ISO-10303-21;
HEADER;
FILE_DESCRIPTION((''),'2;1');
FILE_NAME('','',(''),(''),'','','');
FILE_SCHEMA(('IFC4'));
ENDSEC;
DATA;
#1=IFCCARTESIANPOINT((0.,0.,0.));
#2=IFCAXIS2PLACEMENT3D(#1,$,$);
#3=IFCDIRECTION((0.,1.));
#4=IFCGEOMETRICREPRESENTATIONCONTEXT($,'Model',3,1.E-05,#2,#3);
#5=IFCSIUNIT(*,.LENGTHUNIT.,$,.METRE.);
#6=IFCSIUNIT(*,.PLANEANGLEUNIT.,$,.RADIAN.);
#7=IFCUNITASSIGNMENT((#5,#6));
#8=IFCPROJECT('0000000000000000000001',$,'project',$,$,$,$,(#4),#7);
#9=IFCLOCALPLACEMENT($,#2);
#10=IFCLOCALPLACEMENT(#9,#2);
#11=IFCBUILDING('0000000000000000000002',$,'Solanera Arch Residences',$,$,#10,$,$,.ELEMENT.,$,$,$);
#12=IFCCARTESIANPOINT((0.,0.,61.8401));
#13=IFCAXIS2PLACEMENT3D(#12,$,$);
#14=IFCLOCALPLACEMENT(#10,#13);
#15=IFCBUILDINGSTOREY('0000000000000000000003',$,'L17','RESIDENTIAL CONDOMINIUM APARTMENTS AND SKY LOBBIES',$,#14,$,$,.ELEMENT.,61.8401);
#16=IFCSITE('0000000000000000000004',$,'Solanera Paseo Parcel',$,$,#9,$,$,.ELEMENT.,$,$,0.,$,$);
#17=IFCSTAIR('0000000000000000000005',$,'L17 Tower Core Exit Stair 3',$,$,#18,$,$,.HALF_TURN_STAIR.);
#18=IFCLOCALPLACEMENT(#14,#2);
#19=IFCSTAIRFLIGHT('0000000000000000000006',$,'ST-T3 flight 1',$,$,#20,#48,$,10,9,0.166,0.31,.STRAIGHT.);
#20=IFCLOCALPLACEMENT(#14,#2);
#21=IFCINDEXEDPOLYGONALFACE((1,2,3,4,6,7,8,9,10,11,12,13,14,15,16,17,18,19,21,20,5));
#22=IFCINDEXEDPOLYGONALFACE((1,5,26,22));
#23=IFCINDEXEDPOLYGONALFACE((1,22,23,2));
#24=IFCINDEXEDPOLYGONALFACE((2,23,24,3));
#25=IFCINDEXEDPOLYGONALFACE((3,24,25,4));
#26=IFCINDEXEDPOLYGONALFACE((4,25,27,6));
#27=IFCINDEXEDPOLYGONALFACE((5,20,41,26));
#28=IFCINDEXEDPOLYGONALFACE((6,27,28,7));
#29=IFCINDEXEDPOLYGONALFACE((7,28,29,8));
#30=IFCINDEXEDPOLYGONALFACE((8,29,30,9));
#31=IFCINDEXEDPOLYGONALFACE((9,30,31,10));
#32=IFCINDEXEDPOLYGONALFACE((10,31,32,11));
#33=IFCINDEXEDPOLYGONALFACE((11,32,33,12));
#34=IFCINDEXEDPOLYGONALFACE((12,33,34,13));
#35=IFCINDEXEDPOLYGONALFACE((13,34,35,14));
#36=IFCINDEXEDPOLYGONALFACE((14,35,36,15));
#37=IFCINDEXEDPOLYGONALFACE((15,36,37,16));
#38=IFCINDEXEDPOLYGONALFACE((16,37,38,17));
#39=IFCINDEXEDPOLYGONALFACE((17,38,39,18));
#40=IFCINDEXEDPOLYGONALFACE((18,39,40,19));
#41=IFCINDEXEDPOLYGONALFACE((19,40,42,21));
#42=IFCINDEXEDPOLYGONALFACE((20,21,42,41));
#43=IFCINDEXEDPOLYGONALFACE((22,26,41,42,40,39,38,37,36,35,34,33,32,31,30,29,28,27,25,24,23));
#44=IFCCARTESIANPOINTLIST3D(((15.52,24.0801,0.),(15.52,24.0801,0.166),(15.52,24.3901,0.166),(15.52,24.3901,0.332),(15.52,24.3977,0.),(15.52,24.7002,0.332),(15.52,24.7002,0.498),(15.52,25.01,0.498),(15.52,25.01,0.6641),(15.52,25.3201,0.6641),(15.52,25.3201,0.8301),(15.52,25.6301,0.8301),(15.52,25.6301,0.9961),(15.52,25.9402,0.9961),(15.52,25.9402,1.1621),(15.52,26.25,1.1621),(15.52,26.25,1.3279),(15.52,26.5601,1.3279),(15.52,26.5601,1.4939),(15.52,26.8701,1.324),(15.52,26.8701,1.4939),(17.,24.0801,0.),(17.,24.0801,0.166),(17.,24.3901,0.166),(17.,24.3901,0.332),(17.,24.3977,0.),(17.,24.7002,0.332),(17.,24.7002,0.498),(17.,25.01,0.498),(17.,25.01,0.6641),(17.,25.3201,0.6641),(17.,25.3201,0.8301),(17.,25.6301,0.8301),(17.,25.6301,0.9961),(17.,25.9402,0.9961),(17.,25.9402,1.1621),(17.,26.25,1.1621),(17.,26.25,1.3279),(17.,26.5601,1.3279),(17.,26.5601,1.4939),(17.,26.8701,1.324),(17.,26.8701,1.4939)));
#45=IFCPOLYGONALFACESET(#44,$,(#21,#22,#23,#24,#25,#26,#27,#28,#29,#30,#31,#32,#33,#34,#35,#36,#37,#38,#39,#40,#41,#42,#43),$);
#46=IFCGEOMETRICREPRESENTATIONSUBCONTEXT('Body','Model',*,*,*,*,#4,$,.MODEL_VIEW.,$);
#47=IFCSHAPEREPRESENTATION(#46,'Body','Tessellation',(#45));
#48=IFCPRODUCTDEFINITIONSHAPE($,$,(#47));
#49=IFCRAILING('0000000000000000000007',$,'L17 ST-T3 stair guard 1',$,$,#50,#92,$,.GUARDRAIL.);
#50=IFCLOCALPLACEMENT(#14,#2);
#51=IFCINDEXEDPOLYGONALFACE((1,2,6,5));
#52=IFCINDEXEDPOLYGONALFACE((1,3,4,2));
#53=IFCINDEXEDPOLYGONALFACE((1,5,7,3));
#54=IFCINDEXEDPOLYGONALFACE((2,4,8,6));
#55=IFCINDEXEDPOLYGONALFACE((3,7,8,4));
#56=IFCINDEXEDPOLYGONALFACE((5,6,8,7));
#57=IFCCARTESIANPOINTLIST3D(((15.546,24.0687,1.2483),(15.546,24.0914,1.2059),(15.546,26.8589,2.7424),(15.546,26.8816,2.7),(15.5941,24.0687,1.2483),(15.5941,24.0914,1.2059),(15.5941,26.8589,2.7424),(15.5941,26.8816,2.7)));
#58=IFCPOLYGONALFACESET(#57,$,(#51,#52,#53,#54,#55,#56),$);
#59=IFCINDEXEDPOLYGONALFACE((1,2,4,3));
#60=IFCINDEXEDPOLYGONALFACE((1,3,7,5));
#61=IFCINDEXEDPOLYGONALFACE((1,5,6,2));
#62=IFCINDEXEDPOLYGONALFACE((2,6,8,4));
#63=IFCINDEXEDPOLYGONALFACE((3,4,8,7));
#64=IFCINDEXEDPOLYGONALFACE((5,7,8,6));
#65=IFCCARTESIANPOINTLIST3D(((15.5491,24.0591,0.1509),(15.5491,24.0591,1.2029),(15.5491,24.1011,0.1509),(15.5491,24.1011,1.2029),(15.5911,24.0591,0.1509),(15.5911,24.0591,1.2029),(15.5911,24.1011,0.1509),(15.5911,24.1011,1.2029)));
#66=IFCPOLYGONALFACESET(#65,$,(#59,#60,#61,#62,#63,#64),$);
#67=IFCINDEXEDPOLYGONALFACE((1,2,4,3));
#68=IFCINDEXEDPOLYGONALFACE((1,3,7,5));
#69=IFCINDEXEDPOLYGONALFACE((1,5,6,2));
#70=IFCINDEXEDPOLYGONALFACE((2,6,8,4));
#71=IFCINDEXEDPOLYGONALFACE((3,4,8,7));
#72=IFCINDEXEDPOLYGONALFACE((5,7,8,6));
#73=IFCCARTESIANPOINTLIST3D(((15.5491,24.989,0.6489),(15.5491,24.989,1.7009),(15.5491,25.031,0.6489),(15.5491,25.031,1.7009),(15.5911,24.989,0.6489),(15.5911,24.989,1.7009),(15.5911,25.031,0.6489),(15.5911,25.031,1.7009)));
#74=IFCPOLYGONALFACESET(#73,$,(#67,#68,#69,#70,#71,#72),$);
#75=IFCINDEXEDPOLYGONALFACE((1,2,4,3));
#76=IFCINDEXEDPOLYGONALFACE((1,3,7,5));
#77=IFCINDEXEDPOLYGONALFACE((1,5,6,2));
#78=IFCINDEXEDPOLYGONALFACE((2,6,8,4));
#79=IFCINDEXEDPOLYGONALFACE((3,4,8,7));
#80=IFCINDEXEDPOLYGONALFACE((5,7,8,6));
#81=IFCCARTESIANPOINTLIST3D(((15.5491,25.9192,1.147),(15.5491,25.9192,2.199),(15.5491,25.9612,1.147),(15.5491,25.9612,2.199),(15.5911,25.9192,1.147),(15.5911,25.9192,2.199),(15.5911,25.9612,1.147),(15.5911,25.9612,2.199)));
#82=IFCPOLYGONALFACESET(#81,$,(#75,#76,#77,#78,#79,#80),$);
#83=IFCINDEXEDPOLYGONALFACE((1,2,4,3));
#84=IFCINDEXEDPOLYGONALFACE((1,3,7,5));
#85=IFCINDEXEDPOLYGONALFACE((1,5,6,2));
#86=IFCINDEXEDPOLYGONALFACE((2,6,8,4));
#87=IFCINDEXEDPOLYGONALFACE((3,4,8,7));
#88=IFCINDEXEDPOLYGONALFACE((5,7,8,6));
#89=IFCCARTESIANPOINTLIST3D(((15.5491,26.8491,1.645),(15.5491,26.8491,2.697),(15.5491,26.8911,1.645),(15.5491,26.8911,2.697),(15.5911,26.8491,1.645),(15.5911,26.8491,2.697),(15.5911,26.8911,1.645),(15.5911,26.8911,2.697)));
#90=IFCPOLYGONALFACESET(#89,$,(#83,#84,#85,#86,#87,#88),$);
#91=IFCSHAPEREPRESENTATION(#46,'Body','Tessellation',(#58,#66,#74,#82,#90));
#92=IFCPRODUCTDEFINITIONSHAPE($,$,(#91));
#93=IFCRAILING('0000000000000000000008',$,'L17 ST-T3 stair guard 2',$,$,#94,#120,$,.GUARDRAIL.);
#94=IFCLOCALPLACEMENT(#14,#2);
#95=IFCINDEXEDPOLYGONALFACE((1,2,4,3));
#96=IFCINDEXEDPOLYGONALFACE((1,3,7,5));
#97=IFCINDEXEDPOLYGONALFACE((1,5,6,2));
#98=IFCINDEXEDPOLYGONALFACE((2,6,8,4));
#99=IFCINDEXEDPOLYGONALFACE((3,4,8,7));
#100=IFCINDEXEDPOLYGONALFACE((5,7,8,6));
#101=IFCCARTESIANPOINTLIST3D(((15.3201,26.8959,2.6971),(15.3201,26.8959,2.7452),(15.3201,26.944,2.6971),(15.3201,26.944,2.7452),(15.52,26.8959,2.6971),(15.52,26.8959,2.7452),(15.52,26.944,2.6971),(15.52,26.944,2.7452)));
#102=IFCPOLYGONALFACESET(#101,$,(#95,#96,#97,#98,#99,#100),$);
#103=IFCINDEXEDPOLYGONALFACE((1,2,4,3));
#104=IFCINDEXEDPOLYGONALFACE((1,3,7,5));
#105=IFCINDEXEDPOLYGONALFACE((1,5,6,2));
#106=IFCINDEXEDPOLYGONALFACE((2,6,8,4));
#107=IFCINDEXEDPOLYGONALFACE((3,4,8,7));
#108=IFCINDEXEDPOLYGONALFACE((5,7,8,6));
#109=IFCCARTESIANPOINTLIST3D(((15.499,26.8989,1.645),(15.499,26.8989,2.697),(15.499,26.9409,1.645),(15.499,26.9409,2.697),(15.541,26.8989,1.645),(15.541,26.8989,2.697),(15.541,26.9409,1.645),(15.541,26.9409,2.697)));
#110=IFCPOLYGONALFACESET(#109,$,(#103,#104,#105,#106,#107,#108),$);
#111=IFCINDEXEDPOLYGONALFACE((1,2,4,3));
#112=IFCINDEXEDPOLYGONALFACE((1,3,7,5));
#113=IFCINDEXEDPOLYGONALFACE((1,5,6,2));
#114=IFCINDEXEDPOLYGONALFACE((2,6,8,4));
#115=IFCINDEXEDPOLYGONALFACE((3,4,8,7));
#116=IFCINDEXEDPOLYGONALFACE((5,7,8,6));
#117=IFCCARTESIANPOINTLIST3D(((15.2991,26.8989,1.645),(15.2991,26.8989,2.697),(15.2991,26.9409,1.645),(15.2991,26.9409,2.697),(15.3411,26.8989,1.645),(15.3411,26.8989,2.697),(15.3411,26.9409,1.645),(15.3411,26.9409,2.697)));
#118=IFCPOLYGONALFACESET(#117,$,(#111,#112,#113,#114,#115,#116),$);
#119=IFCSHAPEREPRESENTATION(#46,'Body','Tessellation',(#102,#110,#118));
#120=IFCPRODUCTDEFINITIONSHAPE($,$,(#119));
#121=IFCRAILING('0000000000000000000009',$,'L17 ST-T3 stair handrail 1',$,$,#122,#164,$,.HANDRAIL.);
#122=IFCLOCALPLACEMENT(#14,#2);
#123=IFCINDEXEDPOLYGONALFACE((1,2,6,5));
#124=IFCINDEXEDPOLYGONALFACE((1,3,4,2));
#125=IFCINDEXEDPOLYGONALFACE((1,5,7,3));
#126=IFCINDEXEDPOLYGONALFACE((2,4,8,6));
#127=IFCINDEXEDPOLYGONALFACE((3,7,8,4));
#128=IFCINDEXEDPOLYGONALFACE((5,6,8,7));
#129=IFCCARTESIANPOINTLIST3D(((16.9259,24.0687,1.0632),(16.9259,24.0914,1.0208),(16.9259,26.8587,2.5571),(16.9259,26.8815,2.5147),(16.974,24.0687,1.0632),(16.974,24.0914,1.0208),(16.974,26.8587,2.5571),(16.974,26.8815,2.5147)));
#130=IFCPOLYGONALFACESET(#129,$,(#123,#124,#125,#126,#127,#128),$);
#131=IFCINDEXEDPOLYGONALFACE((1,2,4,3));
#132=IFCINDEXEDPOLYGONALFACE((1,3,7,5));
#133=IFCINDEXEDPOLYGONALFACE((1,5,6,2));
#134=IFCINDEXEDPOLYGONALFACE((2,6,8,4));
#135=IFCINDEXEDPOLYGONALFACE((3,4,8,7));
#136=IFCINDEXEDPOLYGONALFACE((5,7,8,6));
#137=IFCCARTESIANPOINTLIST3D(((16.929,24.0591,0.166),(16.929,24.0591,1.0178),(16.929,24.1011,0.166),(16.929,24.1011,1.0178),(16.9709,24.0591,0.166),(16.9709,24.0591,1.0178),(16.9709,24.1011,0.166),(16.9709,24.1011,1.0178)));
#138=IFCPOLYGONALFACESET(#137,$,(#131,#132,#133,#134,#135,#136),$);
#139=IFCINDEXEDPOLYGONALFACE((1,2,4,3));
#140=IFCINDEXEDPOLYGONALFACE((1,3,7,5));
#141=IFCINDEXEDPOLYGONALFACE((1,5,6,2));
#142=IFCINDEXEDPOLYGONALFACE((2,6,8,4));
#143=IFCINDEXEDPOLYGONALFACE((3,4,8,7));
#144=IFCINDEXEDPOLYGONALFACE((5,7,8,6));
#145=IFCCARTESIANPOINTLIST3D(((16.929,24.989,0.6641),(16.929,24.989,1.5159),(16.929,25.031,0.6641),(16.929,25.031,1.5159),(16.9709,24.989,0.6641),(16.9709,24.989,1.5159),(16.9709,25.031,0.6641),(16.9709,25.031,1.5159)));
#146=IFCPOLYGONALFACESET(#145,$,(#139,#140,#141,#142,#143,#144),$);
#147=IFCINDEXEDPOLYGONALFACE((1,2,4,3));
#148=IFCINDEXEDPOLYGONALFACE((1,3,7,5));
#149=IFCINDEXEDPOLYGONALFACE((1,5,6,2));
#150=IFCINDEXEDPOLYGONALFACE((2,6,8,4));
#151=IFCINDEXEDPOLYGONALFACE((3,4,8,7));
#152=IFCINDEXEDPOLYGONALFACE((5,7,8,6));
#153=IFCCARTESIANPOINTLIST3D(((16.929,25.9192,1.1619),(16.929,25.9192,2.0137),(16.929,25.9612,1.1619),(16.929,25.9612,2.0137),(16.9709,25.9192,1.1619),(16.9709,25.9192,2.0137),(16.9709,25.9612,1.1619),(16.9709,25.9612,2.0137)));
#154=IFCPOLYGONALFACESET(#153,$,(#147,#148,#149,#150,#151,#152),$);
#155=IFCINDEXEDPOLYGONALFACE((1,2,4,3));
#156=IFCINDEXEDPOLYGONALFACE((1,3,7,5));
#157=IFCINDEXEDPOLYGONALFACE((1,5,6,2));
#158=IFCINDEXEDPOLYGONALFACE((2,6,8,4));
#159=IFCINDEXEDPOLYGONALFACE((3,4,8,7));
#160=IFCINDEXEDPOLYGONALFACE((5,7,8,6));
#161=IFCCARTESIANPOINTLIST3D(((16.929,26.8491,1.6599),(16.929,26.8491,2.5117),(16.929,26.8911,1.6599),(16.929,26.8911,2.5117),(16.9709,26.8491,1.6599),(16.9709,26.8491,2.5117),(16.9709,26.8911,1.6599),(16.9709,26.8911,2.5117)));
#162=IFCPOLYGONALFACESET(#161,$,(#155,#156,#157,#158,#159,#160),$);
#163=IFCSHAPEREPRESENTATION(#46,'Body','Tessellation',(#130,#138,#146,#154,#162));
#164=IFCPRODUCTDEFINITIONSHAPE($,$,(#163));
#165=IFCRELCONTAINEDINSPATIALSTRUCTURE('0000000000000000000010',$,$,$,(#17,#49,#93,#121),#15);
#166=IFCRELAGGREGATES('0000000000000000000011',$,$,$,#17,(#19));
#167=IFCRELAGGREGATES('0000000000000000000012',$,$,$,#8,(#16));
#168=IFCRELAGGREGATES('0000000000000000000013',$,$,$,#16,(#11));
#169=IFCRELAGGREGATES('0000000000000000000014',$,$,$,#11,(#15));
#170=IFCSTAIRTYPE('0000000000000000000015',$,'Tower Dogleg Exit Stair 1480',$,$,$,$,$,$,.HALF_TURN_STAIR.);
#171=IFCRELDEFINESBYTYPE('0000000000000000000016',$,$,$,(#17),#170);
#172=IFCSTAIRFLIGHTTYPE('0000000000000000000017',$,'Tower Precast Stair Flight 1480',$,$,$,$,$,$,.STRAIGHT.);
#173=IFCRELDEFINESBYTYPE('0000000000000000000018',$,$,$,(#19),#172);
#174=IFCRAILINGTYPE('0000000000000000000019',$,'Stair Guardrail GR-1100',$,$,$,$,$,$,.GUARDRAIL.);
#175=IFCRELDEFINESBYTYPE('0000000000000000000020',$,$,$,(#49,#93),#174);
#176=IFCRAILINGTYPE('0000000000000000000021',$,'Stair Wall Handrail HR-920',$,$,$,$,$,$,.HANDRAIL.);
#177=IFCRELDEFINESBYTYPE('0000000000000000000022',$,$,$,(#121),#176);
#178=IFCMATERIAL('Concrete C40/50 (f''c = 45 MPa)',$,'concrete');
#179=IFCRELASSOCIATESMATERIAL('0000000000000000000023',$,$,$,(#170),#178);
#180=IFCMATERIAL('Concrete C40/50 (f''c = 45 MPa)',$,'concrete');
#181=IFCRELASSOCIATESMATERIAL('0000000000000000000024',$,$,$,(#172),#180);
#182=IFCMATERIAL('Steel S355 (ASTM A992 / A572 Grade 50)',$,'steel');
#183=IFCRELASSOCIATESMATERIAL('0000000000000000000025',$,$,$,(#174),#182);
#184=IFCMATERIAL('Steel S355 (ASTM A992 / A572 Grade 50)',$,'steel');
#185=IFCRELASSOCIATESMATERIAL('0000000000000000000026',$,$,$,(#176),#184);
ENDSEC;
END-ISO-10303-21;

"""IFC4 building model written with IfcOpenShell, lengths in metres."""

from ifc_helpers import new_model, si_unit, direction, frame, origin, origin_2d, place, context, subcontext, project, spatial, polyline, rectangle, outline, extrude, material, type_object, element, aggregate, save


model = new_model("IFC4")

# Units and contexts
model_context = context("Model", 3, precision=1e-05, world=origin(), true_north=direction((0.0, 1.0)))
body_context = subcontext(model_context, "Body", "Model", "MODEL_VIEW")
ifc_project = project(units=[si_unit("LENGTHUNIT", "METRE"), si_unit("PLANEANGLEUNIT", "RADIAN")], contexts=[model_context])

# Site, building, storey
site_placement = place(None, origin())
site = spatial("IfcSite", under=ifc_project, at=site_placement, Name="Solanera Paseo Parcel", CompositionType="ELEMENT", RefElevation=0.0)
building_placement = place(site_placement, origin())
building = spatial("IfcBuilding", under=site, at=building_placement, Name="Solanera Arch Residences", CompositionType="ELEMENT")
storey_placement = place(building_placement, frame((0.0, 0.0, 61.8401)))
storey = spatial("IfcBuildingStorey", under=building, at=storey_placement, Name="L17", Description="RESIDENTIAL CONDOMINIUM APARTMENTS AND SKY LOBBIES", CompositionType="ELEMENT", Elevation=61.8401)

# Stair, stair flight
ifc_material_1 = material(Name="Concrete C40/50 (f'c = 45 MPa)", Category="concrete")
stair_type = type_object("IfcStairType", Name="Tower Dogleg Exit Stair 1480", PredefinedType="HALF_TURN_STAIR", material=ifc_material_1)
stair_placement = place(storey_placement, origin())
stair = element("IfcStair", 1, at=stair_placement, inside=storey, type_object=stair_type, Name="L17 Tower Core Exit Stair 3", PredefinedType="HALF_TURN_STAIR")
ifc_material_2 = material(Name="Concrete C40/50 (f'c = 45 MPa)", Category="concrete")
stair_flight_type = type_object("IfcStairFlightType", Name="Tower Precast Stair Flight 1480", PredefinedType="STRAIGHT", material=ifc_material_2)
stair_flight_placement = place(storey_placement, frame((16.26, 24.0801, 0.0), z_axis=(0.0, 0.0, 1.0), x_axis=(0.0, 1.0, 0.0)))
stair_flight = element("IfcStairFlight", 2, at=stair_flight_placement, type_object=stair_flight_type, Name="ST-T3 flight 1", NumberOfRisers=10, NumberOfTreads=9, PredefinedType="STRAIGHT", RiserHeight=0.166, TreadLength=0.31, context=body_context, shape_type="SweptSolid", body=[
    extrude(outline(polyline([(0.0, 0.0), (0.0, 0.166), (0.3101, 0.166), (0.3101, 0.332), (0.6201, 0.332), (0.6201, 0.498), (0.9299, 0.498), (0.9299, 0.6641), (1.24, 0.6641), (1.24, 0.8301), (1.55, 0.8301), (1.55, 0.9961), (1.8601, 0.9961), (1.8601, 1.1621), (2.1699, 1.1621), (2.1699, 1.3279), (2.48, 1.3279), (2.48, 1.4939), (2.79, 1.4939), (2.79, 1.6599), (2.79, 1.324), (0.3176, 0.0), (0.0, 0.0)])), frame((0.0, 0.74, 0.0), z_axis=(0.0, -1.0, 0.0), x_axis=(1.0, 0.0, 0.0)), (0.0, 0.0, 1.0), 1.48),
])
aggregate(stair, [stair_flight])

# Railings
ifc_material_3 = material(Name="Steel S355 (ASTM A992 / A572 Grade 50)", Category="steel")
railing_type_1 = type_object("IfcRailingType", Name="Stair Guardrail GR-1100", PredefinedType="GUARDRAIL", material=ifc_material_3)
railing_1_placement = place(storey_placement, frame((15.5701, 24.0801, 0.1509)))
element("IfcRailing", 3, at=railing_1_placement, inside=storey, type_object=railing_type_1, Name="L17 ST-T3 stair guard 1", PredefinedType="GUARDRAIL", context=body_context, shape_type="SweptSolid", body=[
    extrude(rectangle(XDim=0.0481, YDim=0.0481, at=origin_2d()), frame((0.0, 0.0, 1.0762), z_axis=(0.0, 0.881549, 0.472093), x_axis=(-1.0, 0.0, 0.0)), (0.0, 0.0, 1.0), 3.165),
    extrude(rectangle(XDim=0.042, YDim=0.042, at=origin_2d()), origin(), (0.0, 0.0, 1.0), 1.052),
    extrude(rectangle(XDim=0.042, YDim=0.042, at=origin_2d()), frame((0.0, 0.9299, 0.498)), (0.0, 0.0, 1.0), 1.052),
    extrude(rectangle(XDim=0.042, YDim=0.042, at=origin_2d()), frame((0.0, 1.8601, 0.9961)), (0.0, 0.0, 1.0), 1.052),
    extrude(rectangle(XDim=0.042, YDim=0.042, at=origin_2d()), frame((0.0, 2.79, 1.4941)), (0.0, 0.0, 1.0), 1.052),
])
railing_2_placement = place(storey_placement, frame((15.52, 26.9199, 1.645)))
element("IfcRailing", 4, at=railing_2_placement, inside=storey, type_object=railing_type_1, Name="L17 ST-T3 stair guard 2", PredefinedType="GUARDRAIL", context=body_context, shape_type="SweptSolid", body=[
    extrude(rectangle(XDim=0.0481, YDim=0.0481, at=origin_2d()), frame((0.0, 0.0, 1.0762), z_axis=(-1.0, 0.0, 0.0), x_axis=(0.0, -1.0, 0.0)), (0.0, 0.0, 1.0), 0.2),
    extrude(rectangle(XDim=0.042, YDim=0.042, at=origin_2d()), origin(), (0.0, 0.0, 1.0), 1.052),
    extrude(rectangle(XDim=0.042, YDim=0.042, at=origin_2d()), frame((-0.2, 0.0, 0.0)), (0.0, 0.0, 1.0), 1.052),
])
ifc_material_4 = material(Name="Steel S355 (ASTM A992 / A572 Grade 50)", Category="steel")
railing_type_2 = type_object("IfcRailingType", Name="Stair Wall Handrail HR-920", PredefinedType="HANDRAIL", material=ifc_material_4)
railing_3_placement = place(storey_placement, frame((16.95, 24.0801, 0.166)))
element("IfcRailing", 5, at=railing_3_placement, inside=storey, type_object=railing_type_2, Name="L17 ST-T3 stair handrail 1", PredefinedType="HANDRAIL", context=body_context, shape_type="SweptSolid", body=[
    extrude(rectangle(XDim=0.0481, YDim=0.0481, at=origin_2d()), frame((0.0, 0.0, 0.876), z_axis=(0.0, 0.881581, 0.472033), x_axis=(-1.0, 0.0, 0.0)), (0.0, 0.0, 1.0), 3.1648),
    extrude(rectangle(XDim=0.042, YDim=0.042, at=origin_2d()), origin(), (0.0, 0.0, 1.0), 0.8518),
    extrude(rectangle(XDim=0.042, YDim=0.042, at=origin_2d()), frame((0.0, 0.9299, 0.498)), (0.0, 0.0, 1.0), 0.8518),
    extrude(rectangle(XDim=0.042, YDim=0.042, at=origin_2d()), frame((0.0, 1.8601, 0.9958)), (0.0, 0.0, 1.0), 0.8518),
    extrude(rectangle(XDim=0.042, YDim=0.042, at=origin_2d()), frame((0.0, 2.79, 1.4939)), (0.0, 0.0, 1.0), 0.8518),
])

save(model, "model.ifc")
